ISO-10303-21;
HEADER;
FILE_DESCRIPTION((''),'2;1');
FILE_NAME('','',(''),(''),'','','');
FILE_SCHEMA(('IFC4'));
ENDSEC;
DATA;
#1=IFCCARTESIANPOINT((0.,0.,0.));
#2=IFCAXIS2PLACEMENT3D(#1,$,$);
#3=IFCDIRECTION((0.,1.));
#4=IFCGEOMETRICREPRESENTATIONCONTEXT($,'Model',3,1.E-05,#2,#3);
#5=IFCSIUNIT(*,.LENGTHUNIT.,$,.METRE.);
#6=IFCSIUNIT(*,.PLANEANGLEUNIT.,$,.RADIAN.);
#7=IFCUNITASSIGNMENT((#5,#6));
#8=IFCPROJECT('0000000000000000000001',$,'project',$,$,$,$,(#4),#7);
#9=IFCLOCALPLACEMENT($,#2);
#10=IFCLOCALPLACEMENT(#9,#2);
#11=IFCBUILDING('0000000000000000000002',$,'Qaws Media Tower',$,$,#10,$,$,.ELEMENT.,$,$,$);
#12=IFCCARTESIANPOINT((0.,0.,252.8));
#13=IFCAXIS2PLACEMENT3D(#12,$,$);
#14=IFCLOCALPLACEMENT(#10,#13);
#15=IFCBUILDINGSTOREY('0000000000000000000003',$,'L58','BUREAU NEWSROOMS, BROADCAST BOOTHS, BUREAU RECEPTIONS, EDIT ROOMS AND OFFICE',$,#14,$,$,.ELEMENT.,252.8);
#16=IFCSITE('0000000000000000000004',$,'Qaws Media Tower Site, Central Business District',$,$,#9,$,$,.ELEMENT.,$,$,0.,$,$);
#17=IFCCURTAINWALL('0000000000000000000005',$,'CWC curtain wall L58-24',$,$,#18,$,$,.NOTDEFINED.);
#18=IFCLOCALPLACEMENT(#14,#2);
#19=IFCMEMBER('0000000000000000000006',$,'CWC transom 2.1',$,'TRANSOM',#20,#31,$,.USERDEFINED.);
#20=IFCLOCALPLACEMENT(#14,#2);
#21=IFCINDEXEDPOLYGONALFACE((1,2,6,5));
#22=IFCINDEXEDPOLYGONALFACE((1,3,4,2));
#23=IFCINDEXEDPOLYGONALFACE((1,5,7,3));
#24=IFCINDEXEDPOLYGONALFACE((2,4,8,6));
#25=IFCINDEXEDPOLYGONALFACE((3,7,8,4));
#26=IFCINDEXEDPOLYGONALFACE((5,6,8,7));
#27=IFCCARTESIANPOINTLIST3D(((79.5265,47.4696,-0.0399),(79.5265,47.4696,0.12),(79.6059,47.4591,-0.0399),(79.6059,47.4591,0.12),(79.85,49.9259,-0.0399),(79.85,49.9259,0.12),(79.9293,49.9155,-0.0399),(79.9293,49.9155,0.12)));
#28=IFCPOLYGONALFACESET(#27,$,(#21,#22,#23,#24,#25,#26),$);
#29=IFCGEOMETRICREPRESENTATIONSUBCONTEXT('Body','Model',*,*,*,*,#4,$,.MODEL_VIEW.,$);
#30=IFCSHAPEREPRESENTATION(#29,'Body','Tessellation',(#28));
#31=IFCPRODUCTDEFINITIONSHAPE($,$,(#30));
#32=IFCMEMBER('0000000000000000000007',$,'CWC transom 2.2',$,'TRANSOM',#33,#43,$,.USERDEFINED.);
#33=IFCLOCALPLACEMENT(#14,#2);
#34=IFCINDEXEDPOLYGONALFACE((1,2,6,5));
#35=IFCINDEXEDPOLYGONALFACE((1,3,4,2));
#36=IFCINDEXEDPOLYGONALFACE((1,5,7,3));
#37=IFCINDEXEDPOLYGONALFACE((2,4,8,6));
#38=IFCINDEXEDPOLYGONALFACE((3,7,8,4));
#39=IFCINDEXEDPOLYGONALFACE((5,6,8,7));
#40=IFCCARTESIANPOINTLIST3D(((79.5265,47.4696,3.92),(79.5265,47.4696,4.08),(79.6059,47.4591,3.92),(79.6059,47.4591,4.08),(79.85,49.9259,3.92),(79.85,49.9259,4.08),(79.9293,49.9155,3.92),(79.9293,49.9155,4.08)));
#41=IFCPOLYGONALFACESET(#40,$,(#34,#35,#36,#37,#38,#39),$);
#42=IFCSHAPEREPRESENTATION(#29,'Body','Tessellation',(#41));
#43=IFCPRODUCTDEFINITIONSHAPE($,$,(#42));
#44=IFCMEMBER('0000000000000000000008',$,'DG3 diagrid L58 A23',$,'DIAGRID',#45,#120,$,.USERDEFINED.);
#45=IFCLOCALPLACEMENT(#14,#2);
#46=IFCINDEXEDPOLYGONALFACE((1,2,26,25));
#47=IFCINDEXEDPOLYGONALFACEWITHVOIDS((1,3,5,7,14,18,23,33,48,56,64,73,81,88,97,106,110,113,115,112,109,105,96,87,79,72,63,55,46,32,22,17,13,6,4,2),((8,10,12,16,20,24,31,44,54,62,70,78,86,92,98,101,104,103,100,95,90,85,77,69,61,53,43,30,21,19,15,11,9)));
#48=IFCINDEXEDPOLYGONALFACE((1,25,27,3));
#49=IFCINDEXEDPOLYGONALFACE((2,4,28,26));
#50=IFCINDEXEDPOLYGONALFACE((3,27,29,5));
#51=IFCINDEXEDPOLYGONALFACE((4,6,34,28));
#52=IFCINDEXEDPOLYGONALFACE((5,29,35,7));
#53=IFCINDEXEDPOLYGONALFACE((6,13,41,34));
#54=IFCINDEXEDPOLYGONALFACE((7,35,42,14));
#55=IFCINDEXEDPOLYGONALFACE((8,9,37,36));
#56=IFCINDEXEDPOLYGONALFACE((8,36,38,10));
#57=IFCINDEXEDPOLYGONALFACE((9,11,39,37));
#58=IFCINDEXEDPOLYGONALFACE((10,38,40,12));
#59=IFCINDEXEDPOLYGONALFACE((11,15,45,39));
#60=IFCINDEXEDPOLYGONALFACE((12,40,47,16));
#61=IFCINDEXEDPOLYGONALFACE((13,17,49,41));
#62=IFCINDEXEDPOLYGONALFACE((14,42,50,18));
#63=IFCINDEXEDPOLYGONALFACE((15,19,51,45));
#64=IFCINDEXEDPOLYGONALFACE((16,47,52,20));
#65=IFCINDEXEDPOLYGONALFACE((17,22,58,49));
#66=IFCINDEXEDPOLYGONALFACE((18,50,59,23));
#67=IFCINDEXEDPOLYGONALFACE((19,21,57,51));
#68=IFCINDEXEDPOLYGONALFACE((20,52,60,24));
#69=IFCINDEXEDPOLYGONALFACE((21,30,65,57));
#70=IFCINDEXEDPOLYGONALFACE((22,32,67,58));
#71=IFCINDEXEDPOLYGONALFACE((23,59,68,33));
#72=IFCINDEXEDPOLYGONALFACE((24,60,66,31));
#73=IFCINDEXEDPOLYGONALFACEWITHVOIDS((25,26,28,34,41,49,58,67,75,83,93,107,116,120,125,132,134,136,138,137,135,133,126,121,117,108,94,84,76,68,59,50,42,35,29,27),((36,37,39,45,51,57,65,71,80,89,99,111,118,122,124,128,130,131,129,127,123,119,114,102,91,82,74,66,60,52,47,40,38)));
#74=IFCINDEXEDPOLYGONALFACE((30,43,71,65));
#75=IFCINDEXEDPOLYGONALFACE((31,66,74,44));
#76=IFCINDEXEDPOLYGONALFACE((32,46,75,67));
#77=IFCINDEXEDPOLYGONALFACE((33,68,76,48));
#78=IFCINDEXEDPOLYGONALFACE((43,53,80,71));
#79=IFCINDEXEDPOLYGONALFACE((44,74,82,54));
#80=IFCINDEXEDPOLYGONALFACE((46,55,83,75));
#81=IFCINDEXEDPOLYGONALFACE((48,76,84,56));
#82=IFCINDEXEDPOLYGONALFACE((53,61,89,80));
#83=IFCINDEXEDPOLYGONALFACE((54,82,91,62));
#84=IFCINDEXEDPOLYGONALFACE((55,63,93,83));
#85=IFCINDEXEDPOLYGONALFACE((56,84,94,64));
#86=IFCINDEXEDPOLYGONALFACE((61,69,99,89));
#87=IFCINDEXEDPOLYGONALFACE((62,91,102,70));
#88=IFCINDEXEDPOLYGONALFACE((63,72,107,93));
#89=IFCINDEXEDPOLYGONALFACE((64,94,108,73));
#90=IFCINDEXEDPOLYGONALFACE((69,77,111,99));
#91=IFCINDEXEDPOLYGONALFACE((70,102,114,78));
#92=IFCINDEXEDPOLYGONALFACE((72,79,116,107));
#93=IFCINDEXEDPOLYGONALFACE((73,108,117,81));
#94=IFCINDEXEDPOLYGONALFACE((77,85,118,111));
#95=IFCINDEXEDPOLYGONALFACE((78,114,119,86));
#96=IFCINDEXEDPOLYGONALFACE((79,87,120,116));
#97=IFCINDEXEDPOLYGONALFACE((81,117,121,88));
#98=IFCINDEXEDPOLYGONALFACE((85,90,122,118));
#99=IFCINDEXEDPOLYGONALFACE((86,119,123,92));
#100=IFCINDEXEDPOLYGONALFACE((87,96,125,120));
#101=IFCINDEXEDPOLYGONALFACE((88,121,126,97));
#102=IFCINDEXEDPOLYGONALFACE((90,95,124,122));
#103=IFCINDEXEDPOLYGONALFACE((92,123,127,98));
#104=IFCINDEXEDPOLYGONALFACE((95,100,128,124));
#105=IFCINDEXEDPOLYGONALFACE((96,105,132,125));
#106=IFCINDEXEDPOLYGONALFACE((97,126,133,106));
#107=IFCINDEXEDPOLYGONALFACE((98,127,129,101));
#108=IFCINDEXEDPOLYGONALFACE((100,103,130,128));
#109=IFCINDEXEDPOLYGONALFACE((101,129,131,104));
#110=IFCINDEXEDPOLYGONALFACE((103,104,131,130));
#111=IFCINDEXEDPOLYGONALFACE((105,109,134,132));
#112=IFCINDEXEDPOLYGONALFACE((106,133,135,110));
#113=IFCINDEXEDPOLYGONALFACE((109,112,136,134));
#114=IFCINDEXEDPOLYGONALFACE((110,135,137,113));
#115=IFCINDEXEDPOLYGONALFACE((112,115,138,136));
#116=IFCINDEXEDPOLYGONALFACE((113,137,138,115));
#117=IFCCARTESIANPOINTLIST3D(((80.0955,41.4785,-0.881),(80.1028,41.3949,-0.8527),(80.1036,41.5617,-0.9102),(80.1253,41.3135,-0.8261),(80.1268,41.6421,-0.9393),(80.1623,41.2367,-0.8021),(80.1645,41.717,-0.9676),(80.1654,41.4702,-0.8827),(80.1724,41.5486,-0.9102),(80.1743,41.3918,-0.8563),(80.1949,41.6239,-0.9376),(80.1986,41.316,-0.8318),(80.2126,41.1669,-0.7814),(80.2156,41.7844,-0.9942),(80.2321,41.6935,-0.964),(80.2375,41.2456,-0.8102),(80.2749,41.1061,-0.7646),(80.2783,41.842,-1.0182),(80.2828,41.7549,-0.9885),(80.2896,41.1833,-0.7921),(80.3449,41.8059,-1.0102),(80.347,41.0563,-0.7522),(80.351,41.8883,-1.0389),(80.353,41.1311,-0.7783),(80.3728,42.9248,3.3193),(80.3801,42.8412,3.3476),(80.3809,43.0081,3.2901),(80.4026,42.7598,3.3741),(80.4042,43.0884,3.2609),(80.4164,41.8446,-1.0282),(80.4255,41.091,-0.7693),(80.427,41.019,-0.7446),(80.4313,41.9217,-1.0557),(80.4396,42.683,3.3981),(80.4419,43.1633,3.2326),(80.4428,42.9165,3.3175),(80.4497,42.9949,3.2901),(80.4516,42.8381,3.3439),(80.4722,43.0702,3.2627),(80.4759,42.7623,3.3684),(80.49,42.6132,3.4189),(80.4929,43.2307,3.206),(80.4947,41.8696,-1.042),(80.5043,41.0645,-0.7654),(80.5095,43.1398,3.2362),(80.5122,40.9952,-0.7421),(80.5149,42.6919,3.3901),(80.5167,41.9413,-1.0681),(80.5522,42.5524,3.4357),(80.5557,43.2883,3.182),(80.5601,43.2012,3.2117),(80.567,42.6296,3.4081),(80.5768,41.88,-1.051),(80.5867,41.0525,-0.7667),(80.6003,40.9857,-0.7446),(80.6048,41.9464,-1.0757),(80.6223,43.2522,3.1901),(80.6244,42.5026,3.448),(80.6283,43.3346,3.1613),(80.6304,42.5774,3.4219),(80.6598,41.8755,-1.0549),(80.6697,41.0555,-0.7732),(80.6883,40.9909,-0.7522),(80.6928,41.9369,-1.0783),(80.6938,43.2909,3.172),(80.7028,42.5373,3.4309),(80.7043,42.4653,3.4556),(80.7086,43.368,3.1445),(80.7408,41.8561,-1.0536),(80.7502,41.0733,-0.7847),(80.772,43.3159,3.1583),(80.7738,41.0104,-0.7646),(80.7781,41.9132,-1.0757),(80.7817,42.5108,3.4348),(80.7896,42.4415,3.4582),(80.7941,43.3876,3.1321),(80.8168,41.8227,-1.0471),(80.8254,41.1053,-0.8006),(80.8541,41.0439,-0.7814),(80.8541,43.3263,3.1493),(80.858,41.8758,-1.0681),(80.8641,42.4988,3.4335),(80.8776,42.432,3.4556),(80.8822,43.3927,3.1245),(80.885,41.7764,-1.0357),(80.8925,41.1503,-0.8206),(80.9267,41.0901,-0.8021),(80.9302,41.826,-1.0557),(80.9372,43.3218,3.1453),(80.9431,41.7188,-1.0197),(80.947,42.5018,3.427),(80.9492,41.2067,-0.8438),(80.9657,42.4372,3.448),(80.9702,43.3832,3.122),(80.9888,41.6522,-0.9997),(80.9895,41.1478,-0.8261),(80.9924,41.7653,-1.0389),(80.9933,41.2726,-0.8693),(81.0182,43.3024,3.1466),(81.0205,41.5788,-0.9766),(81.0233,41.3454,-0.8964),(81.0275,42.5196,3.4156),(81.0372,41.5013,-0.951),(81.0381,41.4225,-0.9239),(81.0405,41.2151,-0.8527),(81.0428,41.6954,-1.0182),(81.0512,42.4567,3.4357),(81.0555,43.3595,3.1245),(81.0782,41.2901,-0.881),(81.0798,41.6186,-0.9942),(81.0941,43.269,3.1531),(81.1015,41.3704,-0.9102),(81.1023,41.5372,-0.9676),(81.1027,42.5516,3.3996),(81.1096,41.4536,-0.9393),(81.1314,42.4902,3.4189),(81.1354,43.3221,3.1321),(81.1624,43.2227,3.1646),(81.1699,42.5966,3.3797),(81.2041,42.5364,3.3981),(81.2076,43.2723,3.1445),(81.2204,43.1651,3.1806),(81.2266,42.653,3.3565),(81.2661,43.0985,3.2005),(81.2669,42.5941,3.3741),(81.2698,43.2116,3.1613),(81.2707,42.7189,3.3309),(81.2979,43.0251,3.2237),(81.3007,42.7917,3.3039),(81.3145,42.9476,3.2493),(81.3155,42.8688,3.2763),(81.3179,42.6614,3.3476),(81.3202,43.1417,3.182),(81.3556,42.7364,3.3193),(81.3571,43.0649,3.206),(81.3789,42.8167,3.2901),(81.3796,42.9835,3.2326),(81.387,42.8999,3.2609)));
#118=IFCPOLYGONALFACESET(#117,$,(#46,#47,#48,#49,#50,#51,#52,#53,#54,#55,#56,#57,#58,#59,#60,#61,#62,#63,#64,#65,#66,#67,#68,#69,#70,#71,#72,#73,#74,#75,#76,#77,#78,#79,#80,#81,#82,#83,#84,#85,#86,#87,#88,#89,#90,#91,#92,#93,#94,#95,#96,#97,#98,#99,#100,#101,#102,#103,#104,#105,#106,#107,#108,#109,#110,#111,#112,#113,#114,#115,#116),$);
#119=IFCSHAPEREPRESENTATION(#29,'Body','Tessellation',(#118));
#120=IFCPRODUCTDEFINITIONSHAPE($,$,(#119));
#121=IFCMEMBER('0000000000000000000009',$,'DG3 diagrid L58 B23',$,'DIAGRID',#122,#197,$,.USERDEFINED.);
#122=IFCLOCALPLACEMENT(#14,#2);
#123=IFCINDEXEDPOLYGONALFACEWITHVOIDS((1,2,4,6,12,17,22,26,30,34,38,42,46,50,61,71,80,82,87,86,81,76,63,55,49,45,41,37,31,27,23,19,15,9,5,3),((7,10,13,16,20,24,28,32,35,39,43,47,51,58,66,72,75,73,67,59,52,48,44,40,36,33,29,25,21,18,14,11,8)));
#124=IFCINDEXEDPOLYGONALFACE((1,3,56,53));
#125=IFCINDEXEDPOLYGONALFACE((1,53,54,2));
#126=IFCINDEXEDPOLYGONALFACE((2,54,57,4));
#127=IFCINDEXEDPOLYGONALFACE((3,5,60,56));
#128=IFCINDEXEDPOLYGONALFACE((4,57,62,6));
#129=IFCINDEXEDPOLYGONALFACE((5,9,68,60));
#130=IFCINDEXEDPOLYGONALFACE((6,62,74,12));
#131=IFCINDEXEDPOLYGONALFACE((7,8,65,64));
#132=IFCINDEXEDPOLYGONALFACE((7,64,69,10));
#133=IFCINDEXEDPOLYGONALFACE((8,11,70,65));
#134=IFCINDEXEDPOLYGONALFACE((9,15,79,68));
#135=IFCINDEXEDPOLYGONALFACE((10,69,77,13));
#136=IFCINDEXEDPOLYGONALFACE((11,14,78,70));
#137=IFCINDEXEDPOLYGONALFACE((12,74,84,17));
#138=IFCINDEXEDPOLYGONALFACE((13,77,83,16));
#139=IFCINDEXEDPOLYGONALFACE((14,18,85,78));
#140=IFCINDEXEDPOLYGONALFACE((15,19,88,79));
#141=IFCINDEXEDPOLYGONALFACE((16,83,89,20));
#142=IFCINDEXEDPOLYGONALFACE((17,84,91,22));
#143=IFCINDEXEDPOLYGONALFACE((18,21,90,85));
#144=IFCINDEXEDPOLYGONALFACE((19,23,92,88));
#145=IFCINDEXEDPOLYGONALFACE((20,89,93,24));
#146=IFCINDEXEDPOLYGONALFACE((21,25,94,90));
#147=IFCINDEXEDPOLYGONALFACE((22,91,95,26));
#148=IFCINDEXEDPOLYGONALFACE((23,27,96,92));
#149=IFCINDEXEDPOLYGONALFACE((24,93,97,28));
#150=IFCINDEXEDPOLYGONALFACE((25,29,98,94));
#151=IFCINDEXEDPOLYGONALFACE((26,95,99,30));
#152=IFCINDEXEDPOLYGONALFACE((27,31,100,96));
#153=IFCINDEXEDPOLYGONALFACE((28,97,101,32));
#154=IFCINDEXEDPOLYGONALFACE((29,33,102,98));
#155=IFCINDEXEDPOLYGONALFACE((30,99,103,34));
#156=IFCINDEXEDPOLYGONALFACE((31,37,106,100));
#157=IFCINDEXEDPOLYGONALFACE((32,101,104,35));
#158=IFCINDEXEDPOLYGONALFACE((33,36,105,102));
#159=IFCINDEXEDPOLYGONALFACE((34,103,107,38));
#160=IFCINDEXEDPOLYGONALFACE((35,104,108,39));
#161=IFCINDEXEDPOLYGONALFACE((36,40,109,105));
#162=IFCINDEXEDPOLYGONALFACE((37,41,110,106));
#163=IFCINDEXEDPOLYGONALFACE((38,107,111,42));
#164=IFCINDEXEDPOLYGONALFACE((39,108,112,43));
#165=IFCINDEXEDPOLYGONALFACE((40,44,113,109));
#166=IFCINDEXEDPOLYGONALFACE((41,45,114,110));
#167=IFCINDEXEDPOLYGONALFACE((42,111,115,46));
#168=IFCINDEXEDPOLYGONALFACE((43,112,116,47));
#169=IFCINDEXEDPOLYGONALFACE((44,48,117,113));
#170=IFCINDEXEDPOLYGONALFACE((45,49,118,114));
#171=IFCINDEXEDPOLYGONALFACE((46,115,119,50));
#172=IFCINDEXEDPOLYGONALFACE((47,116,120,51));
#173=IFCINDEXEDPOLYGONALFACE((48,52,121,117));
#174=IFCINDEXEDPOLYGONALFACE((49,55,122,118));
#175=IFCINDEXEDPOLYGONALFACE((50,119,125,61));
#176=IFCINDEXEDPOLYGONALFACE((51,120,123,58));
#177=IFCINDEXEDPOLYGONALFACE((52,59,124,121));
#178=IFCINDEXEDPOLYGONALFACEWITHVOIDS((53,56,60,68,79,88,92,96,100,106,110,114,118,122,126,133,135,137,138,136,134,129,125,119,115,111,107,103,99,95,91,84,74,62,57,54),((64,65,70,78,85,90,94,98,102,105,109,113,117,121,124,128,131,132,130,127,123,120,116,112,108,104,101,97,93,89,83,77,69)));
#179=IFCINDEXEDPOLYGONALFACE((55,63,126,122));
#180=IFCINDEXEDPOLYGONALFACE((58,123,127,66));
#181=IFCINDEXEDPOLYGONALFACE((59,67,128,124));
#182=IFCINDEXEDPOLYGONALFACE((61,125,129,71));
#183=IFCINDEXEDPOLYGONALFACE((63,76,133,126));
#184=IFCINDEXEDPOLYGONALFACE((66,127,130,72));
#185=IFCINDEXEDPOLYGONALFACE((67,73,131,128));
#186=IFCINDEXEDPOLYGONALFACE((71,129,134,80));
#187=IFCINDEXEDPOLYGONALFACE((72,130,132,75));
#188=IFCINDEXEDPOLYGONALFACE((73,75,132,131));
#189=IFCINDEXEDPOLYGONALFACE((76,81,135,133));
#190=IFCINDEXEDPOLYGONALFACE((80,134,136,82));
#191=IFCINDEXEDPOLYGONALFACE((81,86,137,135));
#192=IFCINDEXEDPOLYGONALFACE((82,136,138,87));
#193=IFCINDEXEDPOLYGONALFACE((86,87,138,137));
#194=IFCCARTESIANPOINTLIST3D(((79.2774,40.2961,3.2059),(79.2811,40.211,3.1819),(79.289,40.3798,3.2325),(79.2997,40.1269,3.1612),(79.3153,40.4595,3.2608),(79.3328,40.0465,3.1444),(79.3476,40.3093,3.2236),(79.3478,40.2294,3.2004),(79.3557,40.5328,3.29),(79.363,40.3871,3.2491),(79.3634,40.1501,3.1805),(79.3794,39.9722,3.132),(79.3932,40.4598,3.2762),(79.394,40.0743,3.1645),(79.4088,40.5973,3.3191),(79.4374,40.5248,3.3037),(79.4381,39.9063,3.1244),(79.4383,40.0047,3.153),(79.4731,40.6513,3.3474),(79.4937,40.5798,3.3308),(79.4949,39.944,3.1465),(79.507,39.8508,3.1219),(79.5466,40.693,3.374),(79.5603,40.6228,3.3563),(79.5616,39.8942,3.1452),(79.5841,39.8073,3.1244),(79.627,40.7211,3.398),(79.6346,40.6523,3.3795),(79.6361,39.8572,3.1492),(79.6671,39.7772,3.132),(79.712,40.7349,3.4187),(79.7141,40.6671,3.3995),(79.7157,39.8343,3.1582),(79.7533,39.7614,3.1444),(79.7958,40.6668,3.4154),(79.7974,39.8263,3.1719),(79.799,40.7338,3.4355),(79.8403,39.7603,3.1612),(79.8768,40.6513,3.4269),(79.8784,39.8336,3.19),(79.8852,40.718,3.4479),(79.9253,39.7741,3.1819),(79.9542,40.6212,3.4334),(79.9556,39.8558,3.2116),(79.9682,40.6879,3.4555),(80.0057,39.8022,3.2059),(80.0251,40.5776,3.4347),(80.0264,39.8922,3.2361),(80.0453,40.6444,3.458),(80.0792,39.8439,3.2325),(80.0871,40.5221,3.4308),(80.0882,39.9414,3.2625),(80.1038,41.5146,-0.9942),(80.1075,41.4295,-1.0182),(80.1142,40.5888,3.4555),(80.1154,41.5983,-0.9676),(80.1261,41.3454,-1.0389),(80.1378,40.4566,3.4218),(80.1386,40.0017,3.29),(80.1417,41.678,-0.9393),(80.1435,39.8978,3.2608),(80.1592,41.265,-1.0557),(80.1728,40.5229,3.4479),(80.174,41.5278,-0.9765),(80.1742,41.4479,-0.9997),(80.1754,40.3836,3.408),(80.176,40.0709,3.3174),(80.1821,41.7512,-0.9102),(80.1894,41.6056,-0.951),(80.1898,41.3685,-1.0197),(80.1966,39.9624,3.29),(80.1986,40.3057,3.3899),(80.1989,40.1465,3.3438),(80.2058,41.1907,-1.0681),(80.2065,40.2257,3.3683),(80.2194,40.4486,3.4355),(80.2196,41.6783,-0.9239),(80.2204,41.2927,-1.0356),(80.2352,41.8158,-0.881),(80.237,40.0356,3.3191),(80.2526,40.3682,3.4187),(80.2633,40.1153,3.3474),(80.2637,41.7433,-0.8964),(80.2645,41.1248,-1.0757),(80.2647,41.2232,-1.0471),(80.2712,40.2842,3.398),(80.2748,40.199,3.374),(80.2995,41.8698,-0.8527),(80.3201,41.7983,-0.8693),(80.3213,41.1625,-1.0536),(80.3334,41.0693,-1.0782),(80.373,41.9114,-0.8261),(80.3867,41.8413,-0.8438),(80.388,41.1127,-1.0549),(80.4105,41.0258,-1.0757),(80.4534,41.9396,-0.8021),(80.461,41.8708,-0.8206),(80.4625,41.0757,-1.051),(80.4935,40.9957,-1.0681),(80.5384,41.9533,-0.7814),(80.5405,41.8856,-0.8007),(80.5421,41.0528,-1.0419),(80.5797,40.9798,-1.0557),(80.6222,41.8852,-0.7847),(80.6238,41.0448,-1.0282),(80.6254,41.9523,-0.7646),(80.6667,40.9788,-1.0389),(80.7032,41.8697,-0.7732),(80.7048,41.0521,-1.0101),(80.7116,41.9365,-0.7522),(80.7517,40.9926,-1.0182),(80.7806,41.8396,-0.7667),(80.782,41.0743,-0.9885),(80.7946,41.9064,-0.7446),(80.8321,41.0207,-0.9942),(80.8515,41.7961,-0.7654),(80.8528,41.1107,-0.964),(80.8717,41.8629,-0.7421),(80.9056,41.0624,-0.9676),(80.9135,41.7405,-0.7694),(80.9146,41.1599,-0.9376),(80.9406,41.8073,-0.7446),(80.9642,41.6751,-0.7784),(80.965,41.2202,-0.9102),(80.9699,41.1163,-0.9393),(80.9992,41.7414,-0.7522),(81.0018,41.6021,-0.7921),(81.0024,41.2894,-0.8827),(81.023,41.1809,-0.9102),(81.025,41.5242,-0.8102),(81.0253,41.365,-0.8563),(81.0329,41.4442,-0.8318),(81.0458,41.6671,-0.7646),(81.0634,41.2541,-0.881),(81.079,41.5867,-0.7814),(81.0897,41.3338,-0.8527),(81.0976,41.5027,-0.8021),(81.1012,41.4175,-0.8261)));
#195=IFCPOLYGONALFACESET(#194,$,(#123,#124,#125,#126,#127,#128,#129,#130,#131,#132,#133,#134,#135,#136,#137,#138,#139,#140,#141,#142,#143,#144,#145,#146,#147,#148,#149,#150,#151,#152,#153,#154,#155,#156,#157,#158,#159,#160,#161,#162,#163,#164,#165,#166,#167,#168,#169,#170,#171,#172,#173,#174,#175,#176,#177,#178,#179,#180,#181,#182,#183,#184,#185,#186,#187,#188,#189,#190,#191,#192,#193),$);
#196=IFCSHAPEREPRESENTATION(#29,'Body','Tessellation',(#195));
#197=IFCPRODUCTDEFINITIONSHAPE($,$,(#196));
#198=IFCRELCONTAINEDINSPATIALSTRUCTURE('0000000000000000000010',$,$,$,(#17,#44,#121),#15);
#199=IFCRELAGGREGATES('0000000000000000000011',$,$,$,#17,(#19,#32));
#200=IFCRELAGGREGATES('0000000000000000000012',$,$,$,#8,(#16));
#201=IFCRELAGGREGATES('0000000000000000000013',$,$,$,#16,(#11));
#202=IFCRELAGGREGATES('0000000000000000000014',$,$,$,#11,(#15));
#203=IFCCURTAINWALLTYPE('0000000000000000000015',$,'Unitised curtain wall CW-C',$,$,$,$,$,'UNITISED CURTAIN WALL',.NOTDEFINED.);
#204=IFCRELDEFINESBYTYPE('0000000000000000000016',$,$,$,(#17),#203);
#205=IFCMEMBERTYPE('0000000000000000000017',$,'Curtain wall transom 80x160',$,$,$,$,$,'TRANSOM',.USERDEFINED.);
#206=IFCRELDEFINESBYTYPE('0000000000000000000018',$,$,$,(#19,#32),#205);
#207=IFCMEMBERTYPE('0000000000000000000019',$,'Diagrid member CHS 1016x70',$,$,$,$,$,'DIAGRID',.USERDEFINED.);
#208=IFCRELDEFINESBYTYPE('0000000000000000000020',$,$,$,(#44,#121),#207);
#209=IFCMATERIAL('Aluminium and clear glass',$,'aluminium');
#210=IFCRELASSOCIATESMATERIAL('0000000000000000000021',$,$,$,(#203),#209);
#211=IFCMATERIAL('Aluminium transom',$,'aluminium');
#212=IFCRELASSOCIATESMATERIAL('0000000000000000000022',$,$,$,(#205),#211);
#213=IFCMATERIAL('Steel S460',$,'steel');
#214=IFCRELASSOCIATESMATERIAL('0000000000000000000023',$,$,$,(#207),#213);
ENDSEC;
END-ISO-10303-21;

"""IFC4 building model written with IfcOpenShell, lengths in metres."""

from ifc_helpers import new_model, si_unit, direction, frame, origin, origin_2d, place, context, subcontext, project, spatial, rectangle, hollow_circle, extrude, material, material_profile, profile_set, type_object, element, aggregate, save


model = new_model("IFC4")

# Units and contexts
model_context = context("Model", 3, precision=1e-05, world=origin(), true_north=direction((0.0, 1.0)))
body_context = subcontext(model_context, "Body", "Model", "MODEL_VIEW")
ifc_project = project(units=[si_unit("LENGTHUNIT", "METRE"), si_unit("PLANEANGLEUNIT", "RADIAN")], contexts=[model_context])

# Site, building, storey
site_placement = place(None, origin())
site = spatial("IfcSite", under=ifc_project, at=site_placement, Name="Qaws Media Tower Site, Central Business District", CompositionType="ELEMENT", RefElevation=0.0)
building_placement = place(site_placement, origin())
building = spatial("IfcBuilding", under=site, at=building_placement, Name="Qaws Media Tower", CompositionType="ELEMENT")
storey_placement = place(building_placement, frame((0.0, 0.0, 252.8)))
storey = spatial("IfcBuildingStorey", under=building, at=storey_placement, Name="L58", Description="BUREAU NEWSROOMS, BROADCAST BOOTHS, BUREAU RECEPTIONS, EDIT ROOMS AND OFFICE", CompositionType="ELEMENT", Elevation=252.8)

# Curtain wall
ifc_material_1 = material(Name="Aluminium and clear glass", Category="aluminium")
curtain_wall_type = type_object("IfcCurtainWallType", Name="Unitised curtain wall CW-C", ElementType="UNITISED CURTAIN WALL", PredefinedType="NOTDEFINED", material=ifc_material_1)
curtain_wall_1_placement = place(storey_placement, origin())
curtain_wall_1 = element("IfcCurtainWall", 1, at=curtain_wall_1_placement, inside=storey, type_object=curtain_wall_type, Name="CWC curtain wall L58-24", PredefinedType="NOTDEFINED")

# Members
ifc_material_2 = material(Name="Aluminium transom", Category="aluminium")
ifc_material_profile_1 = material_profile(ifc_material_2, rectangle(XDim=0.0801, YDim=0.1599, at=origin_2d()), Name="80x160")
ifc_profile_set_1 = profile_set([ifc_material_profile_1], Name="Aluminium transom")
member_type_1 = type_object("IfcMemberType", Name="Curtain wall transom 80x160", ElementType="TRANSOM", PredefinedType="USERDEFINED", material=ifc_profile_set_1)
member_1_placement = place(storey_placement, frame((79.5662, 47.4644, 0.04), z_axis=(0.130569, 0.991439, 0.0), x_axis=(-0.991439, 0.130569, 0.0)))
member_1 = element("IfcMember", 2, at=member_1_placement, type_object=member_type_1, Name="CWC transom 2.1", ObjectType="TRANSOM", PredefinedType="USERDEFINED", context=body_context, shape_type="SweptSolid", body=[
    extrude(rectangle(XDim=0.0801, YDim=0.1599, at=origin_2d()), origin(), (0.0, 0.0, 1.0), 2.4775),
])
member_2_placement = place(storey_placement, frame((79.5662, 47.4644, 4.0), z_axis=(0.130569, 0.991439, 0.0), x_axis=(-0.991439, 0.130569, 0.0)))
member_2 = element("IfcMember", 3, at=member_2_placement, type_object=member_type_1, Name="CWC transom 2.2", ObjectType="TRANSOM", PredefinedType="USERDEFINED", context=body_context, shape_type="SweptSolid", body=[
    extrude(rectangle(XDim=0.0801, YDim=0.1599, at=origin_2d()), origin(), (0.0, 0.0, 1.0), 2.4775),
])

# Members
ifc_material_3 = material(Name="Steel S460", Category="steel")
ifc_material_profile_2 = material_profile(ifc_material_3, hollow_circle(Radius=0.5081, WallThickness=0.0701, at=origin_2d()), Name="CHS 1016x70")
ifc_profile_set_2 = profile_set([ifc_material_profile_2], Name="Steel S460")
member_type_2 = type_object("IfcMemberType", Name="Diagrid member CHS 1016x70", ElementType="DIAGRID", PredefinedType="USERDEFINED", material=ifc_profile_set_2)
member_3_placement = place(storey_placement, frame((80.6025, 41.4661, -0.9102), z_axis=(0.062312, 0.324945, 0.943678), x_axis=(-0.982106, 0.188331, 0.0)))
element("IfcMember", 4, at=member_3_placement, inside=storey, type_object=member_type_2, Name="DG3 diagrid L58 A23", ObjectType="DIAGRID", PredefinedType="USERDEFINED", context=body_context, shape_type="SweptSolid", body=[
    extrude(hollow_circle(Radius=0.5081, WallThickness=0.0701, at=origin_2d()), origin(), (0.0, 0.0, 1.0), 4.4509),
])
for number, where, z_axis, x_axis, name in (
    (5, (80.6025, 41.4661, -0.9102), (-0.185679, -0.273774, 0.943701), (0.827611, -0.561303, 0.0), "DG3 diagrid L58 B23"),
):
    element("IfcMember", number, at=place(storey_placement, frame(where, z_axis=z_axis, x_axis=x_axis)), inside=storey, type_object=member_type_2, Name=name, ObjectType="DIAGRID", PredefinedType="USERDEFINED", context=body_context, shape_type="SweptSolid", body=[
        extrude(hollow_circle(Radius=0.5081, WallThickness=0.0701, at=origin_2d()), origin(), (0.0, 0.0, 1.0), 4.4507),
    ])

aggregate(curtain_wall_1, [member_1, member_2])

save(model, "model.ifc")
